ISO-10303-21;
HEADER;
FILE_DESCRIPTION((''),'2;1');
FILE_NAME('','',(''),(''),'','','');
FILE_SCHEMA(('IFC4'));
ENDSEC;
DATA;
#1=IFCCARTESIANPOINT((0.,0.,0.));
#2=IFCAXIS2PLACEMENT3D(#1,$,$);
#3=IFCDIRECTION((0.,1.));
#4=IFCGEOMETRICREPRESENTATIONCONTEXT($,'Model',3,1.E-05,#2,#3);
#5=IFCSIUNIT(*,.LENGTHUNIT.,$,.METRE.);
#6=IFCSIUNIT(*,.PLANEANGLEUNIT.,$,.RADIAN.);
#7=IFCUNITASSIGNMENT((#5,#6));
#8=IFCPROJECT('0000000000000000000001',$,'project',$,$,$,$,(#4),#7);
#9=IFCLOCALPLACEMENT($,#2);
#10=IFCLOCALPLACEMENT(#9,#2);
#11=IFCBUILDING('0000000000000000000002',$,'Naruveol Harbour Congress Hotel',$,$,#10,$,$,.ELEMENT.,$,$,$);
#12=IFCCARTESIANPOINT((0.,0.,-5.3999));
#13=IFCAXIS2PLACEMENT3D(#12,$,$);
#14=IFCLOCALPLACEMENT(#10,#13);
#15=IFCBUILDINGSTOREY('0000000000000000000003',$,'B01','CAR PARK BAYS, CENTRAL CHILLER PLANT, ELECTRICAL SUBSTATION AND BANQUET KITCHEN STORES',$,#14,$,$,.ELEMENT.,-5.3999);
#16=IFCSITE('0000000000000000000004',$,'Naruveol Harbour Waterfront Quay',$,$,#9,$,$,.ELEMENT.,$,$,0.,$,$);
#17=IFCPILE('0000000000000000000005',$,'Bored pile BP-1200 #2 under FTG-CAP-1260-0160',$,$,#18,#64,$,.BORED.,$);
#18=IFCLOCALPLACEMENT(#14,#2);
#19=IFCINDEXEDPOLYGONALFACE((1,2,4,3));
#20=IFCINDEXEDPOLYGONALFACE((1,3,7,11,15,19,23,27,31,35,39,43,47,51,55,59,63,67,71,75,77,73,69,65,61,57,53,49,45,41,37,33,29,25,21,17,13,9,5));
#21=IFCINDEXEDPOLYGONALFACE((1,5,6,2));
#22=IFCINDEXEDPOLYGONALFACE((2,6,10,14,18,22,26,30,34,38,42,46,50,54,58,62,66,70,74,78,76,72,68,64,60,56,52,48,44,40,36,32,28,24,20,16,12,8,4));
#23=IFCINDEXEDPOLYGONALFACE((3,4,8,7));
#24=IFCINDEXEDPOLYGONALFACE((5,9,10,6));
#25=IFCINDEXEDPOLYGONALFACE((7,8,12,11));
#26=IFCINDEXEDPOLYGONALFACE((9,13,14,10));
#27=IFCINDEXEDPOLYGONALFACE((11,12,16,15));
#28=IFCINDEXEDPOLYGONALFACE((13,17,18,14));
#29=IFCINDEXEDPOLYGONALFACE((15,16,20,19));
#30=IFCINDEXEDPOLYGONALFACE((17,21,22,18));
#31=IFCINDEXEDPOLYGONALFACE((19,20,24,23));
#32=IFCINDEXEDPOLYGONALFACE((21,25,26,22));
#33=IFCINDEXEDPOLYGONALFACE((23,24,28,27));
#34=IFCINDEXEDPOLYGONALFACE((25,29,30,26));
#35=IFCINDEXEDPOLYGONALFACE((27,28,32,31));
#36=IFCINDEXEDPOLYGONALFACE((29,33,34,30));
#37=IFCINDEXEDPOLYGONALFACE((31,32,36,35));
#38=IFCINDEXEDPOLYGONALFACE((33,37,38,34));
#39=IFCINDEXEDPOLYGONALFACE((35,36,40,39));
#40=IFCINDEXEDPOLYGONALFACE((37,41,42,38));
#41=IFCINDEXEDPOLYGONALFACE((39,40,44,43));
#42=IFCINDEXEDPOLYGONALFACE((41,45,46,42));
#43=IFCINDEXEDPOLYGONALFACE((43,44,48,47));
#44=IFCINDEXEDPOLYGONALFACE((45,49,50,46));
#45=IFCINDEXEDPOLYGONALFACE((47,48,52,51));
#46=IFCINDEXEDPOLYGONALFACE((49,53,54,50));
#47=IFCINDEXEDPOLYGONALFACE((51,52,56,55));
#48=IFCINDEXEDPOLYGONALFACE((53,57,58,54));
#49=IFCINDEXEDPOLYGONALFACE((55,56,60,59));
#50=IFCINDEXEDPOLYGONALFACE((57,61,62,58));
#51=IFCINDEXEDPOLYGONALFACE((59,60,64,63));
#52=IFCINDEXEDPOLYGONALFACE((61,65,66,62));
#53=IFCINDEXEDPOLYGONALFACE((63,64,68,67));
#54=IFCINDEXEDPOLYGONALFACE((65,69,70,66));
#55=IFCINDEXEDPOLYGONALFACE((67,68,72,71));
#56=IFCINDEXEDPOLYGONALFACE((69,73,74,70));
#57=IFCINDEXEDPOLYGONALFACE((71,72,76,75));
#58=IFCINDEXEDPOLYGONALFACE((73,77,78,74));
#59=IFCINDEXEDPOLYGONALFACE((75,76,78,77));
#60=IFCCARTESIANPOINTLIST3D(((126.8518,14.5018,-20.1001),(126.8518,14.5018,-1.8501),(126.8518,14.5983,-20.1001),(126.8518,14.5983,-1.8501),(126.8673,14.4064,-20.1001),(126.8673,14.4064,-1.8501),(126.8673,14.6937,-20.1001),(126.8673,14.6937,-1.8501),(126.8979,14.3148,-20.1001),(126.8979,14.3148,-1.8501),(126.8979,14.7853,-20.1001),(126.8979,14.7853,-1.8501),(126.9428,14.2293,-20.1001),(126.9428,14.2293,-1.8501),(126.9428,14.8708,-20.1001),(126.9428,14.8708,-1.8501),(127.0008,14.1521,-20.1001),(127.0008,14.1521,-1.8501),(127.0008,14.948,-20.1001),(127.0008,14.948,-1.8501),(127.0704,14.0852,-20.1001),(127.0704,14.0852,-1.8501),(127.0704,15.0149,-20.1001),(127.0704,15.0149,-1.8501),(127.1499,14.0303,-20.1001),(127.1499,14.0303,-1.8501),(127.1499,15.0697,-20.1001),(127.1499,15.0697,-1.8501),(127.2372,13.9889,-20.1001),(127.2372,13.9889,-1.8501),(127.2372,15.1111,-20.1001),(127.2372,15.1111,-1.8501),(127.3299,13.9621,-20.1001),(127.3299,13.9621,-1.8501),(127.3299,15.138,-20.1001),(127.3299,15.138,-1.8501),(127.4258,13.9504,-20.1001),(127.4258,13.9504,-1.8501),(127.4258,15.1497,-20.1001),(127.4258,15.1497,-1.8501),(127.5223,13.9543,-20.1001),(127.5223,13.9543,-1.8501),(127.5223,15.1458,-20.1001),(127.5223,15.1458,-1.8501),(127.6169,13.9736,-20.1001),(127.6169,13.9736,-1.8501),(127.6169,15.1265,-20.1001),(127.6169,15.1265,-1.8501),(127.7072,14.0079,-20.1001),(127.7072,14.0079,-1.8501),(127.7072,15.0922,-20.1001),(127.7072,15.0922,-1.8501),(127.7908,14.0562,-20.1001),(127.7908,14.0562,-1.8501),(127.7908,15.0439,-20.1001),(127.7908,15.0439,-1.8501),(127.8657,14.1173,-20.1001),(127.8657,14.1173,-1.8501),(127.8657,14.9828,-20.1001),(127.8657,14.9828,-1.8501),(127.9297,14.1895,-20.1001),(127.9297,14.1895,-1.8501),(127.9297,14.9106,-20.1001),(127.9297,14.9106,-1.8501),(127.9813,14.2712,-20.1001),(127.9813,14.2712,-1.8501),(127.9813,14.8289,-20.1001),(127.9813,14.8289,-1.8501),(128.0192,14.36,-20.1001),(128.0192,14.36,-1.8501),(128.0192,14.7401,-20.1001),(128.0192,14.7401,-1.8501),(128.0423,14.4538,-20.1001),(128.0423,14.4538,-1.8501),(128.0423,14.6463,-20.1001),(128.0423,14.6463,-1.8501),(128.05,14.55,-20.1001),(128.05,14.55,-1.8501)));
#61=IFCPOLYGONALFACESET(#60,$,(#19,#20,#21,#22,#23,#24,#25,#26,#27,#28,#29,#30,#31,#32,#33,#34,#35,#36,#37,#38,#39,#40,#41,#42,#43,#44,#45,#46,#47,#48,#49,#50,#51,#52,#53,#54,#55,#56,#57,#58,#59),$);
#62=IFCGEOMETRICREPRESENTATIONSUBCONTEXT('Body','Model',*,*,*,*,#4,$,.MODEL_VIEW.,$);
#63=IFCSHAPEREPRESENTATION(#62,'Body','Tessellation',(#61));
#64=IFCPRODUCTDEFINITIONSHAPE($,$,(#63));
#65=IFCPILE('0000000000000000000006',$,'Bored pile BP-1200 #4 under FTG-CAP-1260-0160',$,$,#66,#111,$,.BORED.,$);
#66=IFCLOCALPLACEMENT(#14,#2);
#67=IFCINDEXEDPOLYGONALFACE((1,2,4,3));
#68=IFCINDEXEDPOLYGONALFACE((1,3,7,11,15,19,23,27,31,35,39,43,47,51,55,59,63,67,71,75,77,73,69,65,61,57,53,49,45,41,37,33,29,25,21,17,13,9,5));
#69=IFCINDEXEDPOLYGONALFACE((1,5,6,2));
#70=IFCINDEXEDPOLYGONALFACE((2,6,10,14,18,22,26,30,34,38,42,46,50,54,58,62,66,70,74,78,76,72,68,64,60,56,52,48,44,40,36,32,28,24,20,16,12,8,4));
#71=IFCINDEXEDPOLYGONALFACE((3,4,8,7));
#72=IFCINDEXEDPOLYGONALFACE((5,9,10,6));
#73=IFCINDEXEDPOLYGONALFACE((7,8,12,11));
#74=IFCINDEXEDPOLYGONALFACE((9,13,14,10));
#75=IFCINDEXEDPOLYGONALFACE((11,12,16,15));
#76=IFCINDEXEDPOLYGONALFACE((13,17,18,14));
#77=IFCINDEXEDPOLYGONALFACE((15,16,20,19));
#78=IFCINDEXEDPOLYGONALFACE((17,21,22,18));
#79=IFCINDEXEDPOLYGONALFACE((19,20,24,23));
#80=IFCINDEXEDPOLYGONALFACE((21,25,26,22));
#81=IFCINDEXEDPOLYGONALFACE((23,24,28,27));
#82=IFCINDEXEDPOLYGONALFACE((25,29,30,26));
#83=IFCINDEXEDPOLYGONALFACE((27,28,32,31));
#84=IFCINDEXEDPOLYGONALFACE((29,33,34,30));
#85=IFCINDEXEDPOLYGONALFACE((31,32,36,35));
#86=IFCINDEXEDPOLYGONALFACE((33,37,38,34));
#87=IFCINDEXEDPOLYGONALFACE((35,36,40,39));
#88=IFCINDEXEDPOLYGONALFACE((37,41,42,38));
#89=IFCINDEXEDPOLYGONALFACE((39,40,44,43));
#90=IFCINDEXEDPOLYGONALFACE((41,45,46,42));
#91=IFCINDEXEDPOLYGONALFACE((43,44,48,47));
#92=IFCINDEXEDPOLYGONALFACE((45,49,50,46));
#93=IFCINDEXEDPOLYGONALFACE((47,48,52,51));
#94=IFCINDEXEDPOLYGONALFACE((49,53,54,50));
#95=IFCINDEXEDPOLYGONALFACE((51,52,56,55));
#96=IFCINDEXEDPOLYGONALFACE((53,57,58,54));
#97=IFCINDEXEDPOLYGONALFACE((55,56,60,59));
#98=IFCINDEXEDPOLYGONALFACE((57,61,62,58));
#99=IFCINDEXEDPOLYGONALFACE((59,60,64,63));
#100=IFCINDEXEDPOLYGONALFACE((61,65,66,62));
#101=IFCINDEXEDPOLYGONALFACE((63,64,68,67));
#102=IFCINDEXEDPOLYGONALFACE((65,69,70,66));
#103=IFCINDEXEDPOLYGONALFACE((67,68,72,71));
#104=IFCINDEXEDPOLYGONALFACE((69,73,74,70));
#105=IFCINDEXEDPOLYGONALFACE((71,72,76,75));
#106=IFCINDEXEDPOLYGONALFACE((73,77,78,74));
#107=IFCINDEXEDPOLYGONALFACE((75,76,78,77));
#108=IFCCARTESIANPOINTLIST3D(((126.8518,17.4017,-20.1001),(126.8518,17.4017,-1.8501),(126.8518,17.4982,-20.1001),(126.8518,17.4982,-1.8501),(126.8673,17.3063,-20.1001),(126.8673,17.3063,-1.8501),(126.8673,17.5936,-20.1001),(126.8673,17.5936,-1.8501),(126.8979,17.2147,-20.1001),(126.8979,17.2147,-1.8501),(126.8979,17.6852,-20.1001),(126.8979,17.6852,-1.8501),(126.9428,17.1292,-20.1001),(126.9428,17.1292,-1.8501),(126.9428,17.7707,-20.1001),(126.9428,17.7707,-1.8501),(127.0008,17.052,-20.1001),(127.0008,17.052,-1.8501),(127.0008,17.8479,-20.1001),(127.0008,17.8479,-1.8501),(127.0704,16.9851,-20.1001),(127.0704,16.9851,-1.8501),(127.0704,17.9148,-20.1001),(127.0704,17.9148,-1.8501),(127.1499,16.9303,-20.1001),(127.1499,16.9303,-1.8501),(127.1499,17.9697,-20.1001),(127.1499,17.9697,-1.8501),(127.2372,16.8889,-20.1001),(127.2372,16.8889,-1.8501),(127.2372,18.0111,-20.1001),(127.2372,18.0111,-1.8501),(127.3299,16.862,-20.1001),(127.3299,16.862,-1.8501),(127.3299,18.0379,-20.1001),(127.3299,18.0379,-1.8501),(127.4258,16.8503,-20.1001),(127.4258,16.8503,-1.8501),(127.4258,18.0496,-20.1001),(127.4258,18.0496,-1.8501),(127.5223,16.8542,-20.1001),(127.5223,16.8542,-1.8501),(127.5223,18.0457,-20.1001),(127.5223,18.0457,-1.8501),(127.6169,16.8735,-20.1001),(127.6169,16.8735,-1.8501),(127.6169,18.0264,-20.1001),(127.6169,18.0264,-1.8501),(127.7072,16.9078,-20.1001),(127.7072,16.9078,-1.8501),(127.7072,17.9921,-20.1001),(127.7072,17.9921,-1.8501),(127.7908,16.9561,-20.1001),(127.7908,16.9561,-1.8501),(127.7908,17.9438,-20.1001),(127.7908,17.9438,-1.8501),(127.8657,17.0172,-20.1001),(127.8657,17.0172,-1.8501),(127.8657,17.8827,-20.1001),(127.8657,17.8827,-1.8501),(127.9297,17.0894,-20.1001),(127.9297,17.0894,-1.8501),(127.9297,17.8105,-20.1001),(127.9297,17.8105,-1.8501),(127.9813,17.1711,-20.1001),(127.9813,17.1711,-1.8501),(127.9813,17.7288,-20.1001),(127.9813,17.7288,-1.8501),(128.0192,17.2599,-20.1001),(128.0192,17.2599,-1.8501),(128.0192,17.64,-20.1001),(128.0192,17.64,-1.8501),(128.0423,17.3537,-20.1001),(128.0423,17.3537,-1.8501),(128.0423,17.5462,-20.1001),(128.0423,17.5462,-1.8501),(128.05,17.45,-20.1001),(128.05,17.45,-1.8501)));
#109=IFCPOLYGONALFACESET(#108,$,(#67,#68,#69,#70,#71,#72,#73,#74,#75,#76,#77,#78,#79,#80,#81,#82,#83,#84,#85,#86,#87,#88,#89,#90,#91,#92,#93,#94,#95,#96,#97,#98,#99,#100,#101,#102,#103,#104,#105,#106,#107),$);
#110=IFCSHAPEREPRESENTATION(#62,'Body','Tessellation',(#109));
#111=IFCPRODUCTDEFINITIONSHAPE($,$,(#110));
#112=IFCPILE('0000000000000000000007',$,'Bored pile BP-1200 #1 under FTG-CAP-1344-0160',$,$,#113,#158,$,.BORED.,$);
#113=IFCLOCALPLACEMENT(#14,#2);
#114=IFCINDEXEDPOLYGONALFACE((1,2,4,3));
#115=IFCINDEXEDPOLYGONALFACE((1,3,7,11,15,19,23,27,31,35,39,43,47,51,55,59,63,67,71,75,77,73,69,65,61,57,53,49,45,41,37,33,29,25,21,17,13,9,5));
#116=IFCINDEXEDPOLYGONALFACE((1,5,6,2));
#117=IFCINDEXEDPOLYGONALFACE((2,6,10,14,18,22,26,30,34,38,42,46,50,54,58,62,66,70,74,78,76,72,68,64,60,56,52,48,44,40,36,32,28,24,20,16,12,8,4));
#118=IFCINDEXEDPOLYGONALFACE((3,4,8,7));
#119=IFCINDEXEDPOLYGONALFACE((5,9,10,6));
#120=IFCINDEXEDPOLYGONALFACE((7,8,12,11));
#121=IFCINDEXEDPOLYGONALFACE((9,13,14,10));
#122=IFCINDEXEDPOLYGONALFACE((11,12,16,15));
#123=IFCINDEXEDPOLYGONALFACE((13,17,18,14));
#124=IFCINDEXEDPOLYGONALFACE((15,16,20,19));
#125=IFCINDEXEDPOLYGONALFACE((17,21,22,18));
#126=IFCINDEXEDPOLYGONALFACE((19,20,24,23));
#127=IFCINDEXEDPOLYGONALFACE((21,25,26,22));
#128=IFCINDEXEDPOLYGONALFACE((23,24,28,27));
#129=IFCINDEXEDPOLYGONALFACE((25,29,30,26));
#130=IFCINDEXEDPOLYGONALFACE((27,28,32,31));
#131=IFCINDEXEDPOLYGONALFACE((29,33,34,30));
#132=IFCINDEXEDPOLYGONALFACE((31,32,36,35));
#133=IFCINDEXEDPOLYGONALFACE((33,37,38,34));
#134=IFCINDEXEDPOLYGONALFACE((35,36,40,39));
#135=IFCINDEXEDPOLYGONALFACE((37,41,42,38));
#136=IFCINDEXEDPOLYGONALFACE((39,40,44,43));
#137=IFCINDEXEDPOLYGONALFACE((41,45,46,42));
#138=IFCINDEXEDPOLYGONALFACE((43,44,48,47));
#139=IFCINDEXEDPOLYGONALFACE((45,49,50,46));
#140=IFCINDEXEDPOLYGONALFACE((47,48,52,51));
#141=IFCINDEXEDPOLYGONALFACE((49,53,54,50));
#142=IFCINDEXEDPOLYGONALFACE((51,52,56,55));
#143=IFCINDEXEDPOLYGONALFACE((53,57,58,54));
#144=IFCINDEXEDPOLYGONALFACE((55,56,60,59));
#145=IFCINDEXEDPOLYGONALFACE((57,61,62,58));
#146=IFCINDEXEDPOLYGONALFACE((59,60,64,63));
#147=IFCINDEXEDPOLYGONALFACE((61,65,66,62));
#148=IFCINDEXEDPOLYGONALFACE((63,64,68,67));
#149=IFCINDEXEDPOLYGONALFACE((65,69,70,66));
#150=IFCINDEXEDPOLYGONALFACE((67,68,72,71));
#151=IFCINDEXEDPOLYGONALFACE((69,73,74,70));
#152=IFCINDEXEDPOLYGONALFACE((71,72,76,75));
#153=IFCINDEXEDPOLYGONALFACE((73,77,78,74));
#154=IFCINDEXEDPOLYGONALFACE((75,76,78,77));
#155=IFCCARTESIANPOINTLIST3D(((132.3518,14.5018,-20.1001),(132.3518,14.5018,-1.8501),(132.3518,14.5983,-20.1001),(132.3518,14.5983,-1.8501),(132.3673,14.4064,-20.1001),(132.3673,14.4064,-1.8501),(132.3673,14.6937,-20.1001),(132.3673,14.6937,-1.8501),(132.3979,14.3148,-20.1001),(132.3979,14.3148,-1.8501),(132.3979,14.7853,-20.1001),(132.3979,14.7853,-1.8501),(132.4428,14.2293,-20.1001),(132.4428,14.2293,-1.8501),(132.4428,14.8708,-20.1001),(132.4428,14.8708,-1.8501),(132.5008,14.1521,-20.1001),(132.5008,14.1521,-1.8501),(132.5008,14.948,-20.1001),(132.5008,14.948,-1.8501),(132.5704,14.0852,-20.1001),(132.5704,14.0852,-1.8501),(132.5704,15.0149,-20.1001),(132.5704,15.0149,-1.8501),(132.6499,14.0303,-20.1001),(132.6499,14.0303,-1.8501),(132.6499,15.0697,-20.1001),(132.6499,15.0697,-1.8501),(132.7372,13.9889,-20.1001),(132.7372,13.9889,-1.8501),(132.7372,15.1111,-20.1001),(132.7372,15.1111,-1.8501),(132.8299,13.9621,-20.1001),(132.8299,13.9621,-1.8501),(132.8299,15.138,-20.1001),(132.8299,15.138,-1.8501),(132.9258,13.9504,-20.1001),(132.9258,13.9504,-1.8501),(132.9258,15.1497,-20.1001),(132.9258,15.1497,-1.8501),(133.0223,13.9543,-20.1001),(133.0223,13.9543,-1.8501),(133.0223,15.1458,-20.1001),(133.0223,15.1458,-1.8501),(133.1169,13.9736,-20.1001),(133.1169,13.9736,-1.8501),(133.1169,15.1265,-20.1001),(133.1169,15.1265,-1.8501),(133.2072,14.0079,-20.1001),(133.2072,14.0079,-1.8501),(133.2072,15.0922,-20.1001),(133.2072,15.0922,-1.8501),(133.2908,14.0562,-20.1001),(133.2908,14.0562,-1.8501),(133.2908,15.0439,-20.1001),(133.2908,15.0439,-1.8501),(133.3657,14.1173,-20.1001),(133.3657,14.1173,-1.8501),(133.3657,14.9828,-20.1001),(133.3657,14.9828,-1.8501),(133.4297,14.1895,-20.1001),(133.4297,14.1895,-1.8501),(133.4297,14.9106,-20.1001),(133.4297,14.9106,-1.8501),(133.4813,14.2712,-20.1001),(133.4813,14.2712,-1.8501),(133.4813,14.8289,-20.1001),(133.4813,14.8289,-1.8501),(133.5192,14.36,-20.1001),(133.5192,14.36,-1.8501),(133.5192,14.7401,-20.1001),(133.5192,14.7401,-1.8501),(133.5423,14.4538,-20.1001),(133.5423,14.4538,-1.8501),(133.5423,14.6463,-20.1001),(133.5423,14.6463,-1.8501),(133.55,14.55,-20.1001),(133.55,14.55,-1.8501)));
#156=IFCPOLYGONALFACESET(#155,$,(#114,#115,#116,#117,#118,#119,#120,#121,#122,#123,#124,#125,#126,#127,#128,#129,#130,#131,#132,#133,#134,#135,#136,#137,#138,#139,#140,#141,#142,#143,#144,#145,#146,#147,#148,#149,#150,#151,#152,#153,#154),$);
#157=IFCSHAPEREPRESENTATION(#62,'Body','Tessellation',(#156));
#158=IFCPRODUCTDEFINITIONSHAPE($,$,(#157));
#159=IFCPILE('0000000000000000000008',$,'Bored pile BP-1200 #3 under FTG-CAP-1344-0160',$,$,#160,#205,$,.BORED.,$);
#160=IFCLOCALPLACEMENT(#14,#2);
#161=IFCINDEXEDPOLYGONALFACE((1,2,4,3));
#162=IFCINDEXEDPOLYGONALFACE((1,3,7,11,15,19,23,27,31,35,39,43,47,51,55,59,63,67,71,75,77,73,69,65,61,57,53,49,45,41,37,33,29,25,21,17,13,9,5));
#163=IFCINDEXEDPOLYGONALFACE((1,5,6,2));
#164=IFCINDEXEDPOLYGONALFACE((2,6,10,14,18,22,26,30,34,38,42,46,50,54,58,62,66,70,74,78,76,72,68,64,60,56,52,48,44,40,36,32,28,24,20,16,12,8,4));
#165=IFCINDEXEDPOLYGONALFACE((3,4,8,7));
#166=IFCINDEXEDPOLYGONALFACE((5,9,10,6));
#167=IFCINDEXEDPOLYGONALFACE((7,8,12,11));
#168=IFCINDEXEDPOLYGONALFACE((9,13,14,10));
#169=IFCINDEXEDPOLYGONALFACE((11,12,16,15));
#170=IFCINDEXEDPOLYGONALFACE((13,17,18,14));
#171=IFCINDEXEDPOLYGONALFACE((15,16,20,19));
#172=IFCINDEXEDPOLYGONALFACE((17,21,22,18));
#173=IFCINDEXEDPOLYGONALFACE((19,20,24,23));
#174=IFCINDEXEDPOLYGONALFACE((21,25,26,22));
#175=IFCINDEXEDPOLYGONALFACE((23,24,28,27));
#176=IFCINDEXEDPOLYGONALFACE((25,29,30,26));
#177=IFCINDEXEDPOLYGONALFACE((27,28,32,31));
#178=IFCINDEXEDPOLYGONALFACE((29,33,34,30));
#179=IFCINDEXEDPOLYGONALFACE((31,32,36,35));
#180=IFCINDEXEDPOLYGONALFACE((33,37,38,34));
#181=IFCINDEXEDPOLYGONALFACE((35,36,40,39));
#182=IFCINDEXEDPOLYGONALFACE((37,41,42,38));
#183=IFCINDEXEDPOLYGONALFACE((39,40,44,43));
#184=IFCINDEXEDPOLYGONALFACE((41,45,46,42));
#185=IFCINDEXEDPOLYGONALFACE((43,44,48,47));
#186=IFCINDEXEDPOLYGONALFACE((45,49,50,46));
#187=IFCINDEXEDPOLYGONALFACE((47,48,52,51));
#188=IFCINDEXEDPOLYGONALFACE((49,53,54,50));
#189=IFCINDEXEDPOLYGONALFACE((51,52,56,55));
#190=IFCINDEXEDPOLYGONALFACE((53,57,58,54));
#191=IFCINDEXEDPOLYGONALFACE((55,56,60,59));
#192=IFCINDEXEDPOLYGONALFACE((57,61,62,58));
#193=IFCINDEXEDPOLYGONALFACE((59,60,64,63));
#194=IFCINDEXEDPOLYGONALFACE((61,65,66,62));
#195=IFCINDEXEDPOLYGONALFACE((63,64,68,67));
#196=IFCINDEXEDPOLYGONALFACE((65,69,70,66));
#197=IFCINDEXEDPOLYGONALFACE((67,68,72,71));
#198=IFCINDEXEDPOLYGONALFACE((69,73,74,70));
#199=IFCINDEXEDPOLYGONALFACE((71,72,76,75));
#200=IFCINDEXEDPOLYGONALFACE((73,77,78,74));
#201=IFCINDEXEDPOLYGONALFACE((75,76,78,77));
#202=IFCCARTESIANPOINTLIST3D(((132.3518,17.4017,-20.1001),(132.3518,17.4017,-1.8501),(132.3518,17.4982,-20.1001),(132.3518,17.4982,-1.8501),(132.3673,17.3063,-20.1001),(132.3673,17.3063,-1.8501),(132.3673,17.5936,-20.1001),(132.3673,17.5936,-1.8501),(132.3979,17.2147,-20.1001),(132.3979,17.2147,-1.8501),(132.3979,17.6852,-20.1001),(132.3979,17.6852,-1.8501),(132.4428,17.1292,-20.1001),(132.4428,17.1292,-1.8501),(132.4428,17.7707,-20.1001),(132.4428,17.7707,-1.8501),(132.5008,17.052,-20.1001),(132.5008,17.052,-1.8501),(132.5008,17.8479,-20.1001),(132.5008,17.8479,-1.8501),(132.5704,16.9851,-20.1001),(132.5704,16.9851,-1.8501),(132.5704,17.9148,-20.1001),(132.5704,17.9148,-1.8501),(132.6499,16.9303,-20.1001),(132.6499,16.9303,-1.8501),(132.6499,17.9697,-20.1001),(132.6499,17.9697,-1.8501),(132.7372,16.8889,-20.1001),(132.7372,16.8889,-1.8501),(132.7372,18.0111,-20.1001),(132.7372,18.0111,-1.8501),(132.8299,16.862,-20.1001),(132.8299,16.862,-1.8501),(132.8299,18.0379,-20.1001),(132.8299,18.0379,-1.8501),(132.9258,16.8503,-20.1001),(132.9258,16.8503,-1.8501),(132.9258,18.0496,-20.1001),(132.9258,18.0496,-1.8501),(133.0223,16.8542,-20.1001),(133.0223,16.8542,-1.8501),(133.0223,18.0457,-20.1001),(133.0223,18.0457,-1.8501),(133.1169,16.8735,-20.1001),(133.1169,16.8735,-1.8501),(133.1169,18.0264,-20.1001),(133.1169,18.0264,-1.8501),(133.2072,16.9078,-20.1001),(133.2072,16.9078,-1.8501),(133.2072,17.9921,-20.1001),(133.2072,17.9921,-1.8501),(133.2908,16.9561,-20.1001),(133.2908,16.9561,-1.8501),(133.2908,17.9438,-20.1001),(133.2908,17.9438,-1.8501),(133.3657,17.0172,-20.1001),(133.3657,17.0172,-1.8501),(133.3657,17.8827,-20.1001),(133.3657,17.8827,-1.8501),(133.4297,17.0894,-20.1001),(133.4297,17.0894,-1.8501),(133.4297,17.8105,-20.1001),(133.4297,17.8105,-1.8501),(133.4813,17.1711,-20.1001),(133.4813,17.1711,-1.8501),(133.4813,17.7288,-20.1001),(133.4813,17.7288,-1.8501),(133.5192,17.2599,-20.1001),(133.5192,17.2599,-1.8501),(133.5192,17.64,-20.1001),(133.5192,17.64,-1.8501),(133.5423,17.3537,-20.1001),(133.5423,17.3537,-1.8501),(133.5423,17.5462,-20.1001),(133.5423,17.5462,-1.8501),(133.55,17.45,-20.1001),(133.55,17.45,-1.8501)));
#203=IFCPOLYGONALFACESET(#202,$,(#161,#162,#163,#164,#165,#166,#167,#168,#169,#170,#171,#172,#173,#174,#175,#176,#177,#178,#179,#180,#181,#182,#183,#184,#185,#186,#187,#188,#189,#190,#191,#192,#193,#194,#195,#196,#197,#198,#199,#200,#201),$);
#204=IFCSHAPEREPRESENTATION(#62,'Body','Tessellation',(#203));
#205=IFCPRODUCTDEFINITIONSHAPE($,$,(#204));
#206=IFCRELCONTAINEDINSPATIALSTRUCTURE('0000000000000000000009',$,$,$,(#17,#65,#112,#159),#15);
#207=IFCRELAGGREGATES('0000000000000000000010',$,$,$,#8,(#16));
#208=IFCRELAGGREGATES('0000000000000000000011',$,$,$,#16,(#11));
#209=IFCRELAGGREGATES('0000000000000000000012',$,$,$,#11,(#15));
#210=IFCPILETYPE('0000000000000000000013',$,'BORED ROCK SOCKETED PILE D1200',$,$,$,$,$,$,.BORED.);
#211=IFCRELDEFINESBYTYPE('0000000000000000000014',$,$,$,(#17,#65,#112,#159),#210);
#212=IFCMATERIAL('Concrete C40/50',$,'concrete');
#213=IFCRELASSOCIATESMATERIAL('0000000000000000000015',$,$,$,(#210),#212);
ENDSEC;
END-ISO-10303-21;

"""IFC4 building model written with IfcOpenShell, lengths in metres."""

from ifc_helpers import new_model, si_unit, direction, frame, origin, origin_2d, place, context, subcontext, project, spatial, circle, extrude, material, material_profile, profile_set, type_object, element, save


model = new_model("IFC4")

# Units and contexts
model_context = context("Model", 3, precision=1e-05, world=origin(), true_north=direction((0.0, 1.0)))
body_context = subcontext(model_context, "Body", "Model", "MODEL_VIEW")
ifc_project = project(units=[si_unit("LENGTHUNIT", "METRE"), si_unit("PLANEANGLEUNIT", "RADIAN")], contexts=[model_context])

# Site, building, storey
site_placement = place(None, origin())
site = spatial("IfcSite", under=ifc_project, at=site_placement, Name="Naruveol Harbour Waterfront Quay", CompositionType="ELEMENT", RefElevation=0.0)
building_placement = place(site_placement, origin())
building = spatial("IfcBuilding", under=site, at=building_placement, Name="Naruveol Harbour Congress Hotel", CompositionType="ELEMENT")
storey_placement = place(building_placement, frame((0.0, 0.0, -5.3999)))
storey = spatial("IfcBuildingStorey", under=building, at=storey_placement, Name="B01", Description="CAR PARK BAYS, CENTRAL CHILLER PLANT, ELECTRICAL SUBSTATION AND BANQUET KITCHEN STORES", CompositionType="ELEMENT", Elevation=-5.3999)

# Piles
ifc_material_1 = material(Name="Concrete C40/50", Category="concrete")
ifc_material_profile_1 = material_profile(ifc_material_1, circle(Radius=0.6001, at=origin_2d()), Name="BP-1200")
ifc_profile_set_1 = profile_set([ifc_material_profile_1], Name="Concrete C40/50")
pile_type = type_object("IfcPileType", Name="BORED ROCK SOCKETED PILE D1200", PredefinedType="BORED", material=ifc_profile_set_1)
for number, where, z_axis, x_axis, name in (
    (1, (127.45, 14.55, -1.8501), (0.0, 0.0, -1.0), (1.0, 0.0, 0.0), "Bored pile BP-1200 #2 under FTG-CAP-1260-0160"),
    (2, (127.45, 17.45, -1.8501), (0.0, 0.0, -1.0), (1.0, 0.0, 0.0), "Bored pile BP-1200 #4 under FTG-CAP-1260-0160"),
    (3, (132.95, 14.55, -1.8501), (0.0, 0.0, -1.0), (1.0, 0.0, 0.0), "Bored pile BP-1200 #1 under FTG-CAP-1344-0160"),
    (4, (132.95, 17.45, -1.8501), (0.0, 0.0, -1.0), (1.0, 0.0, 0.0), "Bored pile BP-1200 #3 under FTG-CAP-1344-0160"),
):
    element("IfcPile", number, at=place(storey_placement, frame(where, z_axis=z_axis, x_axis=x_axis)), inside=storey, type_object=pile_type, Name=name, PredefinedType="BORED", context=body_context, shape_type="SweptSolid", body=[
        extrude(circle(Radius=0.6001, at=origin_2d()), origin(), (0.0, 0.0, 1.0), 18.25),
    ])

save(model, "model.ifc")
